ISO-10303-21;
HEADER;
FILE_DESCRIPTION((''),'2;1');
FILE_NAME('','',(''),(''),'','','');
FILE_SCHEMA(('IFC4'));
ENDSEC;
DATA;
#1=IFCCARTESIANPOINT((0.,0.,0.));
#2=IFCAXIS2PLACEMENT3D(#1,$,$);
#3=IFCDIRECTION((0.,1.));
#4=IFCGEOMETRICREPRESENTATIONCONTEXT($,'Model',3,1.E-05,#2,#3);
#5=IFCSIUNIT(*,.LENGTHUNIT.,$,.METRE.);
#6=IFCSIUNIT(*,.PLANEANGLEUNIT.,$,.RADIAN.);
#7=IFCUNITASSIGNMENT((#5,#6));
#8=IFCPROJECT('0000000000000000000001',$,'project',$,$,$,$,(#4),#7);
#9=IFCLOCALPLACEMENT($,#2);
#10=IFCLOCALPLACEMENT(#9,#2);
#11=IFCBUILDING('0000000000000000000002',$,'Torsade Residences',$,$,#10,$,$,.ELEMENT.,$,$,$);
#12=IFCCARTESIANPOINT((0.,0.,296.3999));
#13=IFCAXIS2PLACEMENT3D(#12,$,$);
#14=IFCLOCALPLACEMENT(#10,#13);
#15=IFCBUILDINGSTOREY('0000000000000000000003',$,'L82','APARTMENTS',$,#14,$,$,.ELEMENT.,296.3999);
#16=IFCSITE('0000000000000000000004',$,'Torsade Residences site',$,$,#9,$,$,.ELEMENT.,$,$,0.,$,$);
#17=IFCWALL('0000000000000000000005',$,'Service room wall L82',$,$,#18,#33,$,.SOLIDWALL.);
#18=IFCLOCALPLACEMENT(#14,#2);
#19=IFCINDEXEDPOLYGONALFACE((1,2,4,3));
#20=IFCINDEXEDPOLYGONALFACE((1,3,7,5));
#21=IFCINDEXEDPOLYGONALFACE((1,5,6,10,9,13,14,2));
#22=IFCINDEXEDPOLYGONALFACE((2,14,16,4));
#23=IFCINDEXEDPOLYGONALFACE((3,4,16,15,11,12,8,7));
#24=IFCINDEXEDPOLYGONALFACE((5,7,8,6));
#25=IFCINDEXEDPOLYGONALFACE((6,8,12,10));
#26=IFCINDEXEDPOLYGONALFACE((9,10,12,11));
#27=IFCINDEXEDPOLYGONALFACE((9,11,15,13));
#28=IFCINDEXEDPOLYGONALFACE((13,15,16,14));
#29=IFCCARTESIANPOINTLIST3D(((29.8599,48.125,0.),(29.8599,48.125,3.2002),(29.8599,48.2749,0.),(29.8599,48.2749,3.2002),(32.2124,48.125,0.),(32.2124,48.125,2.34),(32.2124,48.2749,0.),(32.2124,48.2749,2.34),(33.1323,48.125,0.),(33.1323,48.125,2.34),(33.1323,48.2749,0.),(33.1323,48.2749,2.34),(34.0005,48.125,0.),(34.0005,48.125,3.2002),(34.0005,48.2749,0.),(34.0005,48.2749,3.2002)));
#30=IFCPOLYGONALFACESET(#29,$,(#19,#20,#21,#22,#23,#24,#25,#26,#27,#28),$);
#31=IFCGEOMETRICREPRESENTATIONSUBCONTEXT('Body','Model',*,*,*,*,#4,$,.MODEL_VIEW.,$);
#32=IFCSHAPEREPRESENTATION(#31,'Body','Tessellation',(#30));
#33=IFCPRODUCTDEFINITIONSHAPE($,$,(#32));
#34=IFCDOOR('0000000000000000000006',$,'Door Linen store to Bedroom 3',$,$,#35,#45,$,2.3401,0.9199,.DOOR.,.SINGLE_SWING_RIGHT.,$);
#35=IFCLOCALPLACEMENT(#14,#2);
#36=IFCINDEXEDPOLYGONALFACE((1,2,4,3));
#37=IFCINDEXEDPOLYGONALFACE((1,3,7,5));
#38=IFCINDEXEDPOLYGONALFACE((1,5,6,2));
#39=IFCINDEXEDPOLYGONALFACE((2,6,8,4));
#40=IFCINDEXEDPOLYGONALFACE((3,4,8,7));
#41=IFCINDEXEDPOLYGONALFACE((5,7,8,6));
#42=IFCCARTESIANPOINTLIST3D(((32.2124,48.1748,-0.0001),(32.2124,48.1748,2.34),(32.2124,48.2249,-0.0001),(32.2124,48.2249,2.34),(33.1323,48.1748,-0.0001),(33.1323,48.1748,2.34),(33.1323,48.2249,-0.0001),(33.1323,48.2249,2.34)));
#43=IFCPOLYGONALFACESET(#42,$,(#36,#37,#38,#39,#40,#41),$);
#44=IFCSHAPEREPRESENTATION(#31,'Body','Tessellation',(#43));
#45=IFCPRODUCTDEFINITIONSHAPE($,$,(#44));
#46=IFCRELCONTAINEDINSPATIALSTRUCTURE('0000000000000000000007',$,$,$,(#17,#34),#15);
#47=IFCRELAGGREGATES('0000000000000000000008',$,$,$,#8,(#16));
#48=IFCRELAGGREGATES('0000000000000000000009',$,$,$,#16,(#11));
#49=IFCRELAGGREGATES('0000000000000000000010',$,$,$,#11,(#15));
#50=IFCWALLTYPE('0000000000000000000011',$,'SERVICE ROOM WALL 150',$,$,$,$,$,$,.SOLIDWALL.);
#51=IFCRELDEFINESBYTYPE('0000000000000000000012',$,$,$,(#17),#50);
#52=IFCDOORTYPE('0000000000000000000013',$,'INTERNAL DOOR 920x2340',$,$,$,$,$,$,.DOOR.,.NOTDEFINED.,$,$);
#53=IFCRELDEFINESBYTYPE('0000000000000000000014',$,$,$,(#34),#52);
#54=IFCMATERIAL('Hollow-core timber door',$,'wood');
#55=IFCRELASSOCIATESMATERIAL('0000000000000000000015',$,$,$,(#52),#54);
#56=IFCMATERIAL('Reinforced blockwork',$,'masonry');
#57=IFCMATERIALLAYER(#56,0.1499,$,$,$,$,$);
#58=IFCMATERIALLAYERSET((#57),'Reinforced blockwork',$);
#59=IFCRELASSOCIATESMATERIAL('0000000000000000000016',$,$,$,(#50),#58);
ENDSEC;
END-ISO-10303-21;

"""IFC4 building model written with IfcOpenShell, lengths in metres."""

from ifc_helpers import new_model, si_unit, direction, frame, frame_2d, origin, place, context, subcontext, project, spatial, rectangle, extrude, material, layer, layer_set, type_object, element, fill, save


model = new_model("IFC4")

# Units and contexts
model_context = context("Model", 3, precision=1e-05, world=origin(), true_north=direction((0.0, 1.0)))
body_context = subcontext(model_context, "Body", "Model", "MODEL_VIEW")
ifc_project = project(units=[si_unit("LENGTHUNIT", "METRE"), si_unit("PLANEANGLEUNIT", "RADIAN")], contexts=[model_context])

# Site, building, storey
site_placement = place(None, origin())
site = spatial("IfcSite", under=ifc_project, at=site_placement, Name="Torsade Residences site", CompositionType="ELEMENT", RefElevation=0.0)
building_placement = place(site_placement, origin())
building = spatial("IfcBuilding", under=site, at=building_placement, Name="Torsade Residences", CompositionType="ELEMENT")
storey_placement = place(building_placement, frame((0.0, 0.0, 296.3999)))
storey = spatial("IfcBuildingStorey", under=building, at=storey_placement, Name="L82", Description="APARTMENTS", CompositionType="ELEMENT", Elevation=296.3999)

# Shared definitions
ifc_material_1 = material(Name="Hollow-core timber door", Category="wood")
door_type_1 = type_object("IfcDoorType", Name="INTERNAL DOOR 920x2340", OperationType="NOTDEFINED", PredefinedType="DOOR", material=ifc_material_1)

# Shared definitions
ifc_material_2 = material(Name="Reinforced blockwork", Category="masonry")
ifc_layer_1 = layer(ifc_material_2, 0.1499)
ifc_layer_set_1 = layer_set([ifc_layer_1], Name="Reinforced blockwork")
wall_type_1 = type_object("IfcWallType", Name="SERVICE ROOM WALL 150", PredefinedType="SOLIDWALL", material=ifc_layer_set_1)

# Wall, opening, door
wall_1_placement = place(storey_placement, frame((29.8599, 48.2, 0.0), z_axis=(0.0, 0.0, 1.0), x_axis=(1.0, 0.0, 0.0)))
wall_1 = element("IfcWall", 1, at=wall_1_placement, inside=storey, type_object=wall_type_1, Name="Service room wall L82", PredefinedType="SOLIDWALL", context=body_context, shape_type="SweptSolid", body=[
    extrude(rectangle(XDim=4.1406, YDim=0.1499, at=frame_2d((2.0703, 0.0))), origin(), (0.0, 0.0, 1.0), 3.2002),
])
opening_1_placement = place(wall_1_placement, frame((2.3525, 0.0, 0.0)))
opening_1 = element("IfcOpeningElement", 2, at=opening_1_placement, cuts=wall_1, PredefinedType="OPENING", context=body_context, shape_type="SweptSolid", body=[
    extrude(rectangle(XDim=0.9199, YDim=2.3401, at=frame_2d((0.46, 1.1699))), frame((0.0, 0.085, 0.0), z_axis=(0.0, -1.0, 0.0), x_axis=(1.0, 0.0, 0.0)), (0.0, 0.0, 1.0), 0.1699),
])
door_1_placement = place(opening_1_placement, origin())
door_1 = element("IfcDoor", 3, at=door_1_placement, inside=storey, type_object=door_type_1, Name="Door Linen store to Bedroom 3", OperationType="SINGLE_SWING_RIGHT", OverallHeight=2.3401, OverallWidth=0.9199, PredefinedType="DOOR", context=body_context, shape_type="SweptSolid", body=[
    extrude(rectangle(XDim=0.9199, YDim=2.3401, at=frame_2d((0.46, 1.1699))), frame((0.0, 0.0249, 0.0), z_axis=(0.0, -1.0, 0.0), x_axis=(1.0, 0.0, 0.0)), (0.0, 0.0, 1.0), 0.05),
])
fill(opening_1, door_1)

save(model, "model.ifc")
